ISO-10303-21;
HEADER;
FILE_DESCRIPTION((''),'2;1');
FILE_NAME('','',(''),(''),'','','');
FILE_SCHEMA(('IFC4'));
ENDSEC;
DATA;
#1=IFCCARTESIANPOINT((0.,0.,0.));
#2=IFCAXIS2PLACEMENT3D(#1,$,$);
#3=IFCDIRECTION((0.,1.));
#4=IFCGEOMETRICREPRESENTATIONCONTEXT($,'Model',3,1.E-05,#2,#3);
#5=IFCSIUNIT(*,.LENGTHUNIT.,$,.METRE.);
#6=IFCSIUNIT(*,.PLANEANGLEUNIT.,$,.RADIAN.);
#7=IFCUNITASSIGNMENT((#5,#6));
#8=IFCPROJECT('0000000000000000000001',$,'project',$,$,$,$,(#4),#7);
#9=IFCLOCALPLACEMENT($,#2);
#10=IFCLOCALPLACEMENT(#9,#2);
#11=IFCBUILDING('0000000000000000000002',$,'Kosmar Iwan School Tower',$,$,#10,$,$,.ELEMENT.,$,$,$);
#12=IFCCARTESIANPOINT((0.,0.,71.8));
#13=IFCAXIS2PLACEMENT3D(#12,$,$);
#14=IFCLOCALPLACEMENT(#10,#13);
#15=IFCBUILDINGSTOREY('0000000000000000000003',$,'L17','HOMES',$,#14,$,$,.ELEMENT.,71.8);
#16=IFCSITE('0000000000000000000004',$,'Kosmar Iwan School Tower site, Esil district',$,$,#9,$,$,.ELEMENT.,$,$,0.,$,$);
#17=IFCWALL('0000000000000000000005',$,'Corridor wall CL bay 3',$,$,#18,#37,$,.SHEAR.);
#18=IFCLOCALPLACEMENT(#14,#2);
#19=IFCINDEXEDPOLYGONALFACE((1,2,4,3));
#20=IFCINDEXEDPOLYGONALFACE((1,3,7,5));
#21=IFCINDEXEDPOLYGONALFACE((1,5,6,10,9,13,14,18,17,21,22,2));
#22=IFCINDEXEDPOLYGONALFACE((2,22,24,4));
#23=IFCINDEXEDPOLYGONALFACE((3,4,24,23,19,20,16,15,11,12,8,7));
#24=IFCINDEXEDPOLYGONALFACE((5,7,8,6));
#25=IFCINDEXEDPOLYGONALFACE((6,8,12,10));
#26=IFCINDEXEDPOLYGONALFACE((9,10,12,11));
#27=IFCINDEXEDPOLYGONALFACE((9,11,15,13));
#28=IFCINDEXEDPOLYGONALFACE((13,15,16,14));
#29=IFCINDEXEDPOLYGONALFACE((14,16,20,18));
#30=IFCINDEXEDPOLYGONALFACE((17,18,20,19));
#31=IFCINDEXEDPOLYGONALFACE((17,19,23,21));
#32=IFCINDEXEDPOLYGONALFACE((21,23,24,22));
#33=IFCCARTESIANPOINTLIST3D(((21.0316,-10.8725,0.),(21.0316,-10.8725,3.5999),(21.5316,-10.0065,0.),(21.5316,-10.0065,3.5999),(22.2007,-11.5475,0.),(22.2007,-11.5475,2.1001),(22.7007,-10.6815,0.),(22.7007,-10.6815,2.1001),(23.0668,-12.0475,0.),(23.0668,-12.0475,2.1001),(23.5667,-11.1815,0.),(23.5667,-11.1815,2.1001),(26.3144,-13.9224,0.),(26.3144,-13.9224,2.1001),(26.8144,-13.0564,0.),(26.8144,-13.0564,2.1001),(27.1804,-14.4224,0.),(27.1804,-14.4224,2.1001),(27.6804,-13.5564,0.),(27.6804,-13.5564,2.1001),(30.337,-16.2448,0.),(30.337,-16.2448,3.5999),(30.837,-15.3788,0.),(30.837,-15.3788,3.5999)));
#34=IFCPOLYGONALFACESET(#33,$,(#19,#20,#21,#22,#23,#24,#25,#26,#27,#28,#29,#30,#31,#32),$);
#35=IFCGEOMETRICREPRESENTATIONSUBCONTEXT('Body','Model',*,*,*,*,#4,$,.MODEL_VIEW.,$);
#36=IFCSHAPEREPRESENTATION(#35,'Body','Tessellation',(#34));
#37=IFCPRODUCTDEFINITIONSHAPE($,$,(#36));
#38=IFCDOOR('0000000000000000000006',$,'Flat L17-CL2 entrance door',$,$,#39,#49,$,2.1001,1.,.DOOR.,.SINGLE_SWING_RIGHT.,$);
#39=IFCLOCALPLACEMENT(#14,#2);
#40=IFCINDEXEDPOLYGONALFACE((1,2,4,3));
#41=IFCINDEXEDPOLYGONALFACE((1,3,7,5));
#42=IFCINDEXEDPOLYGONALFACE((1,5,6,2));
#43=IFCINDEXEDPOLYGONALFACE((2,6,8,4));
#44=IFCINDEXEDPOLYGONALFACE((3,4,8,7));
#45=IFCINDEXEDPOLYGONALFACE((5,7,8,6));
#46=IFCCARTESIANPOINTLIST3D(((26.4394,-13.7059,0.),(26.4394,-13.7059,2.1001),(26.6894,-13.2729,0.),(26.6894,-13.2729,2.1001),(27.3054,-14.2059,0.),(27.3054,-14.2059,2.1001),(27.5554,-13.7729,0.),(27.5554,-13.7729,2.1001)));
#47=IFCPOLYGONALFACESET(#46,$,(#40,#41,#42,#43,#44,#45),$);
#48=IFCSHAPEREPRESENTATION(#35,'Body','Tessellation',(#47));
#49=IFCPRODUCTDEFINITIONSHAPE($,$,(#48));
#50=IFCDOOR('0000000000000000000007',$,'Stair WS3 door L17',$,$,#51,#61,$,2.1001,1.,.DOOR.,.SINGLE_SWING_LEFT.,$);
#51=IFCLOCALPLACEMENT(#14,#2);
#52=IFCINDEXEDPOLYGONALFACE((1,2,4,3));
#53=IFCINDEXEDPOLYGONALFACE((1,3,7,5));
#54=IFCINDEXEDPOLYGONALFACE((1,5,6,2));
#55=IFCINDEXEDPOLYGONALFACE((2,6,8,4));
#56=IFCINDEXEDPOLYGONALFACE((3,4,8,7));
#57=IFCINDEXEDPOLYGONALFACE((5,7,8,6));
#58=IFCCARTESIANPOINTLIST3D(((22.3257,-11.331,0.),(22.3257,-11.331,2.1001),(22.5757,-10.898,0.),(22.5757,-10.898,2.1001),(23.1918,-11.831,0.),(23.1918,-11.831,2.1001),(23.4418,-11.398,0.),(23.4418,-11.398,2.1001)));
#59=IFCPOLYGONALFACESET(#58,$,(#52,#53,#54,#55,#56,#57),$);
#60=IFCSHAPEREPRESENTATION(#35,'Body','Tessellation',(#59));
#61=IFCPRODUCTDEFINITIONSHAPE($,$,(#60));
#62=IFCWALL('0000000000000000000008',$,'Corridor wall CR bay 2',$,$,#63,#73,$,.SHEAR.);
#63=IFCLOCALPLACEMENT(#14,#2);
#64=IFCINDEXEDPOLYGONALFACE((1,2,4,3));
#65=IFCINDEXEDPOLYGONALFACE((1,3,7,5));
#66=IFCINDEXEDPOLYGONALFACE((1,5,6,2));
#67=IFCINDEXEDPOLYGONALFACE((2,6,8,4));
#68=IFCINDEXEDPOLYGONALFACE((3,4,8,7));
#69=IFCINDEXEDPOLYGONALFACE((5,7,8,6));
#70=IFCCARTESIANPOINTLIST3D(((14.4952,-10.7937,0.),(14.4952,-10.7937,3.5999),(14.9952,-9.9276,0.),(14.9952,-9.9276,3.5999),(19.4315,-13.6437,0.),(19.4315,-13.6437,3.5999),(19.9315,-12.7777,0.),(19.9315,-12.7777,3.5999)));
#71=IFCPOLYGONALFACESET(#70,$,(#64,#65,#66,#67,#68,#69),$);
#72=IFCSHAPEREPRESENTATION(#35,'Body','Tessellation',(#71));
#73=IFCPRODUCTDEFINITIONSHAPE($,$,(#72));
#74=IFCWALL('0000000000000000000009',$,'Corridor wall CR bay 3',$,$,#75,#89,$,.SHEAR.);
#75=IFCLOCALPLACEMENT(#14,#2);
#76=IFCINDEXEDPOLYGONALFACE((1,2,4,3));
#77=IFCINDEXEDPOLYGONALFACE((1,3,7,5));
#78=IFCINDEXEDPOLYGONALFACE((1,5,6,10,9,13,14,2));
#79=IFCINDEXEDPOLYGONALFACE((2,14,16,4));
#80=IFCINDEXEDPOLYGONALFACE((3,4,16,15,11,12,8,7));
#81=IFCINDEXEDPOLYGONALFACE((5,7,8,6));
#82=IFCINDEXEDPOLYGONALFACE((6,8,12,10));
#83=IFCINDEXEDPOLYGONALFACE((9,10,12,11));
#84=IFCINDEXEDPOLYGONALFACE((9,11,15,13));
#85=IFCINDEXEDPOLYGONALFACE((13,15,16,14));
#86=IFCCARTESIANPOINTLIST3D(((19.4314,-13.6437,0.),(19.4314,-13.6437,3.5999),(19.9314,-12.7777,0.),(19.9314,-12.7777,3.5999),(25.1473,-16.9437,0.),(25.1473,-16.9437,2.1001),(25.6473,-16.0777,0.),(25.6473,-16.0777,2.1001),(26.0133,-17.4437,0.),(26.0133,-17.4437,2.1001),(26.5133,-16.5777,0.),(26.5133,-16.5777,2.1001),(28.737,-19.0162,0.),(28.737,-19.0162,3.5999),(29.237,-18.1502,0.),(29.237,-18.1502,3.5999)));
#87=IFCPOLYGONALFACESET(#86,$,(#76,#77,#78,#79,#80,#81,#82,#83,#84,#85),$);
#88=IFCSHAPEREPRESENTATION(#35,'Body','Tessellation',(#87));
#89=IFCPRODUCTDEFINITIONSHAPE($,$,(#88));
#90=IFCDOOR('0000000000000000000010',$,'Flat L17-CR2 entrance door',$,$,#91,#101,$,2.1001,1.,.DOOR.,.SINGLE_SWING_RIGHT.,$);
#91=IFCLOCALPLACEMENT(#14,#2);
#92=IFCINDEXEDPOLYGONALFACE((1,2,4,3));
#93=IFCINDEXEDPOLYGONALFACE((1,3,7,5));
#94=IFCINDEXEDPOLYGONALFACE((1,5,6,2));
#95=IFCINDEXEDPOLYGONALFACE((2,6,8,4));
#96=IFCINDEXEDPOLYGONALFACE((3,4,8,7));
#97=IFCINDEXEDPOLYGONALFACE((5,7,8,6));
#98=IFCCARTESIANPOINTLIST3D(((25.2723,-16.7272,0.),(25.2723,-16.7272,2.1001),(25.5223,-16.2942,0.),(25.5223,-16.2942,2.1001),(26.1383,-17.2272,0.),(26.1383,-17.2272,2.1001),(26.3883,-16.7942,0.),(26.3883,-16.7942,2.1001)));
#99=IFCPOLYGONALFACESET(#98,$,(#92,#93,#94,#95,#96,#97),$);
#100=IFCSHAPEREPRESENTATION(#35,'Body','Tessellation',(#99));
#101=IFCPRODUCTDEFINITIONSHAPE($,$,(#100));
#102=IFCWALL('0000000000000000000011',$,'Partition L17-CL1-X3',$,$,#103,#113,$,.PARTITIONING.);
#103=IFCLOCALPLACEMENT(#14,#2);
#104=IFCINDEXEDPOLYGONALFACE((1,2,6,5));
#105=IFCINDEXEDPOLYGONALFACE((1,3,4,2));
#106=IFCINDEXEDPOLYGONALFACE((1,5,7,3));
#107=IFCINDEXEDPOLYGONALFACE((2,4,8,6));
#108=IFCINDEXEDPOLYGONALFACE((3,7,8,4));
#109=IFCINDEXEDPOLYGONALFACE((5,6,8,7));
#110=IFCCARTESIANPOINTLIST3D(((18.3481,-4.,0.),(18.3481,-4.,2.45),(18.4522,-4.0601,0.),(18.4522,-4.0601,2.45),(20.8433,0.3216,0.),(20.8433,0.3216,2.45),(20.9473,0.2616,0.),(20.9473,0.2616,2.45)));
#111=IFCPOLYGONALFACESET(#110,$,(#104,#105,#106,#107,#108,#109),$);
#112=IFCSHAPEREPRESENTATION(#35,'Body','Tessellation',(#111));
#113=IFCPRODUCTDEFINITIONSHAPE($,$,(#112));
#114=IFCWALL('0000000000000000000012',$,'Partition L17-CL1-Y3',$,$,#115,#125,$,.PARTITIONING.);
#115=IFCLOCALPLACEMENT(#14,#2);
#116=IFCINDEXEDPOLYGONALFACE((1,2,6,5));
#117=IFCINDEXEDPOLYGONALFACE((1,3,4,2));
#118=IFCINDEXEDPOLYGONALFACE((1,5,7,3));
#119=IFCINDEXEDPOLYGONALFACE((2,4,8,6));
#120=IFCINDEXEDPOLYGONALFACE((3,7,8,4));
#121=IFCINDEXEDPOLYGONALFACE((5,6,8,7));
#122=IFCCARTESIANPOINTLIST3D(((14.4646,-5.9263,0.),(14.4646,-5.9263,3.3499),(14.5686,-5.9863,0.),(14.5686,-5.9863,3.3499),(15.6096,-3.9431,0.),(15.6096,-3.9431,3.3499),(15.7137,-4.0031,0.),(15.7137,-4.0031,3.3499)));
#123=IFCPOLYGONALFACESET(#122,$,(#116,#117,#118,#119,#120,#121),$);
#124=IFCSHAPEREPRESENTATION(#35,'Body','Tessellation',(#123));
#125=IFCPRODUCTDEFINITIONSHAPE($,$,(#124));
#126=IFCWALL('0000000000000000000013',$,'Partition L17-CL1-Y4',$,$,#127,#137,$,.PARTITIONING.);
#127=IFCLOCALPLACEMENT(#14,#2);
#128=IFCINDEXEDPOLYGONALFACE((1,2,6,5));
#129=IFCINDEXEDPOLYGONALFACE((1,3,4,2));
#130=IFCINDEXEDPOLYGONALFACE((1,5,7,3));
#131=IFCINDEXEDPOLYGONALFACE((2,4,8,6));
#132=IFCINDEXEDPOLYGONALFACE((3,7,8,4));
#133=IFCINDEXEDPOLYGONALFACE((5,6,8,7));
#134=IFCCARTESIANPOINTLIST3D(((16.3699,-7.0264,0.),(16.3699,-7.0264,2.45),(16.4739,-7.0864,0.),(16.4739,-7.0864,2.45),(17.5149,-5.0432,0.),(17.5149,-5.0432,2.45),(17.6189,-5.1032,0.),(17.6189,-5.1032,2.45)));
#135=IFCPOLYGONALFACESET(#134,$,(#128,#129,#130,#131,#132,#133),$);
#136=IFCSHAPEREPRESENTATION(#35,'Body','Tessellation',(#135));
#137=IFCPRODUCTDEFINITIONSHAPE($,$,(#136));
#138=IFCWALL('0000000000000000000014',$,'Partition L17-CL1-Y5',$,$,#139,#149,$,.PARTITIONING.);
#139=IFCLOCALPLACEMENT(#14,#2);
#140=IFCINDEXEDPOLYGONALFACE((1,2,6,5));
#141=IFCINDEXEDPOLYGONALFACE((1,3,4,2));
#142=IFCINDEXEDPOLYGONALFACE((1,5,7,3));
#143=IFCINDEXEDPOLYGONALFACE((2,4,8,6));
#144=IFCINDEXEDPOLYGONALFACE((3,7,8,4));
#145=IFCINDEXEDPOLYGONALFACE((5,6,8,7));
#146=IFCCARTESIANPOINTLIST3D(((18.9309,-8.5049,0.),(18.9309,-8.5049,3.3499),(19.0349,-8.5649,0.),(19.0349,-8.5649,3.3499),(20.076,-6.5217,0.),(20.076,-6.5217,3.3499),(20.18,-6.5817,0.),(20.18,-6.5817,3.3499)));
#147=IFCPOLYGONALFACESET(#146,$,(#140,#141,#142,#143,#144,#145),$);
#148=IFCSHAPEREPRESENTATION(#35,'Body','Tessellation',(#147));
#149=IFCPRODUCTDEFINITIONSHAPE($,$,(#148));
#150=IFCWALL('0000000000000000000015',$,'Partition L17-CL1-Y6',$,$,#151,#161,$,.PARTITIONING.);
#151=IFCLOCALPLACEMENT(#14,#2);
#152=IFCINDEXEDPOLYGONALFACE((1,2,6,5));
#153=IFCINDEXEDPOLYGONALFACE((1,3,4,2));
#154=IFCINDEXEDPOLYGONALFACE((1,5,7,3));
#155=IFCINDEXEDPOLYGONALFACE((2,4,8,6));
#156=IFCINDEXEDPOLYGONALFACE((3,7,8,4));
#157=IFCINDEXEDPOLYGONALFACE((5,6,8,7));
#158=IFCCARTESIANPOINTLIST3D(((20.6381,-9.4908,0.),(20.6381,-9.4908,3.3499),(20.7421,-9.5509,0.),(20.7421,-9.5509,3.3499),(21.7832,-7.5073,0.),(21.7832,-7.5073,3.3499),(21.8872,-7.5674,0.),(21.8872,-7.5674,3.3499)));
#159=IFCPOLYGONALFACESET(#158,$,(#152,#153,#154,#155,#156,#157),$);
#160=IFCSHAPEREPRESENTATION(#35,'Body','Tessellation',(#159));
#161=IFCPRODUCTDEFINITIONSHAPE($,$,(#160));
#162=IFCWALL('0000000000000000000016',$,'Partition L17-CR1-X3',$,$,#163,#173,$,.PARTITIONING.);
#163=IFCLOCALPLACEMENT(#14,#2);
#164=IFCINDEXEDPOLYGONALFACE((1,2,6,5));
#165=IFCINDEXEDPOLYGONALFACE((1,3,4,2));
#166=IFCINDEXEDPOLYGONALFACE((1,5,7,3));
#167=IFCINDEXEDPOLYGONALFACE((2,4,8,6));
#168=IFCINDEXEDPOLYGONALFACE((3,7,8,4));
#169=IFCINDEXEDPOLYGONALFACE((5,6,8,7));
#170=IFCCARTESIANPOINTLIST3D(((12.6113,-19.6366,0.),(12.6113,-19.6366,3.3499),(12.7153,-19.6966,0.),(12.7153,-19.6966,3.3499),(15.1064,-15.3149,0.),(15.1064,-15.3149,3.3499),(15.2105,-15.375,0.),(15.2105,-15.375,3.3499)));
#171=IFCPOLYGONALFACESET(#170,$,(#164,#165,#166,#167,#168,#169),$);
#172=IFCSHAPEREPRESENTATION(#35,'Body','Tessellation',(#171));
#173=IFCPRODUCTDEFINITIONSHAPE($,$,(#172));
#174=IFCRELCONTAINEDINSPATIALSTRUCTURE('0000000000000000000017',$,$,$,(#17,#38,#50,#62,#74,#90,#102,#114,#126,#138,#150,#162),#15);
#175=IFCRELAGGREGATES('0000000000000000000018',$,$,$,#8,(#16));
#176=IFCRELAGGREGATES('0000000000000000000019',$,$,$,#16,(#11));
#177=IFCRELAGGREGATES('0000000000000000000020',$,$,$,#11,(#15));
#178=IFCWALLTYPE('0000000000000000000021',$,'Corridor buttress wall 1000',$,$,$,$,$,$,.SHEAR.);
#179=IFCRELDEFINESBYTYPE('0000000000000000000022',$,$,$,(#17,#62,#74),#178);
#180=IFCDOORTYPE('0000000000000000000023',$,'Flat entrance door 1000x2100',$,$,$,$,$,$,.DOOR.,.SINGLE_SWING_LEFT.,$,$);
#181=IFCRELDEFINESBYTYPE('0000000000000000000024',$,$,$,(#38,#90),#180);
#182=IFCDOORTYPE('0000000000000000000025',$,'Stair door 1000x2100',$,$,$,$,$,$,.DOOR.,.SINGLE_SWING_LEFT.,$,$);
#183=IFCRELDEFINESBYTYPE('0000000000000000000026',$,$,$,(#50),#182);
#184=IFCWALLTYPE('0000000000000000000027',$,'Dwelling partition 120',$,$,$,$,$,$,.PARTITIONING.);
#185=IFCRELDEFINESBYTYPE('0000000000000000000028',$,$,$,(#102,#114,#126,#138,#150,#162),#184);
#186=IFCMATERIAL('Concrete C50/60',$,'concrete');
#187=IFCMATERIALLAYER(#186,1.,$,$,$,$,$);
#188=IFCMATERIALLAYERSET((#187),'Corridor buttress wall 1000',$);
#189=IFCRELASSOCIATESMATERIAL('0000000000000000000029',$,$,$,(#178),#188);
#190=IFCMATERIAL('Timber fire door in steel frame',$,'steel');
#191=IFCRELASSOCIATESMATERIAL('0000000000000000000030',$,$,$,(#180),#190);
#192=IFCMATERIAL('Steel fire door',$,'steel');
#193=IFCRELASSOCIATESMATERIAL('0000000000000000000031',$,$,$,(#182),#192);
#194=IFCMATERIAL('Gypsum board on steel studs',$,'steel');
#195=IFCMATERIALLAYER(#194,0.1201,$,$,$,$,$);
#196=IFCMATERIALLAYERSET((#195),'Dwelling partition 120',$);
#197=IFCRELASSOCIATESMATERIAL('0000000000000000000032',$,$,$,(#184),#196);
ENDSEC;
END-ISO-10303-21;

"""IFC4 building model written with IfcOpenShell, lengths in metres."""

from ifc_helpers import new_model, si_unit, direction, frame, frame_2d, origin, place, context, subcontext, project, spatial, rectangle, extrude, material, layer, layer_set, type_object, element, fill, save


model = new_model("IFC4")

# Units and contexts
model_context = context("Model", 3, precision=1e-05, world=origin(), true_north=direction((0.0, 1.0)))
body_context = subcontext(model_context, "Body", "Model", "MODEL_VIEW")
ifc_project = project(units=[si_unit("LENGTHUNIT", "METRE"), si_unit("PLANEANGLEUNIT", "RADIAN")], contexts=[model_context])

# Site, building, storey
site_placement = place(None, origin())
site = spatial("IfcSite", under=ifc_project, at=site_placement, Name="Kosmar Iwan School Tower site, Esil district", CompositionType="ELEMENT", RefElevation=0.0)
building_placement = place(site_placement, origin())
building = spatial("IfcBuilding", under=site, at=building_placement, Name="Kosmar Iwan School Tower", CompositionType="ELEMENT")
storey_placement = place(building_placement, frame((0.0, 0.0, 71.8)))
storey = spatial("IfcBuildingStorey", under=building, at=storey_placement, Name="L17", Description="HOMES", CompositionType="ELEMENT", Elevation=71.8)

# Shared definitions
ifc_material_1 = material(Name="Concrete C50/60", Category="concrete")
ifc_layer_1 = layer(ifc_material_1, 1.0)
ifc_layer_set_1 = layer_set([ifc_layer_1], Name="Corridor buttress wall 1000")
wall_type_1 = type_object("IfcWallType", Name="Corridor buttress wall 1000", PredefinedType="SHEAR", material=ifc_layer_set_1)

# Wall, openings, doors
wall_1_placement = place(storey_placement, frame((21.2815, -10.4395, 0.0), z_axis=(0.0, 0.0, 1.0), x_axis=(0.866032, -0.499988, 0.0)))
wall_1 = element("IfcWall", 1, at=wall_1_placement, inside=storey, type_object=wall_type_1, Name="Corridor wall CL bay 3", PredefinedType="SHEAR", context=body_context, shape_type="SweptSolid", body=[
    extrude(rectangle(XDim=10.7449, YDim=1.0, at=frame_2d((5.3726, 0.0))), origin(), (0.0, 0.0, 1.0), 3.5999),
])
opening_1_placement = place(wall_1_placement, frame((6.1001, 0.0, 0.0)))
opening_1 = element("IfcOpeningElement", 2, at=opening_1_placement, cuts=wall_1, PredefinedType="OPENING", context=body_context, shape_type="SweptSolid", body=[
    extrude(rectangle(XDim=1.0, YDim=2.1001, at=frame_2d((0.5, 1.05))), frame((0.0, 0.512, 0.0), z_axis=(0.0, -1.0, 0.0), x_axis=(1.0, 0.0, 0.0)), (0.0, 0.0, 1.0), 1.0239),
])
opening_2_placement = place(wall_1_placement, frame((1.3501, 0.0, 0.0)))
opening_2 = element("IfcOpeningElement", 3, at=opening_2_placement, cuts=wall_1, PredefinedType="OPENING", context=body_context, shape_type="SweptSolid", body=[
    extrude(rectangle(XDim=1.0, YDim=2.1001, at=frame_2d((0.5, 1.05))), frame((0.0, 0.512, 0.0), z_axis=(0.0, -1.0, 0.0), x_axis=(1.0, 0.0, 0.0)), (0.0, 0.0, 1.0), 1.0239),
])
ifc_material_2 = material(Name="Timber fire door in steel frame", Category="steel")
door_type_1 = type_object("IfcDoorType", Name="Flat entrance door 1000x2100", OperationType="SINGLE_SWING_LEFT", PredefinedType="DOOR", material=ifc_material_2)
door_1_placement = place(opening_1_placement, origin())
door_1 = element("IfcDoor", 4, at=door_1_placement, inside=storey, type_object=door_type_1, Name="Flat L17-CL2 entrance door", OperationType="SINGLE_SWING_RIGHT", OverallHeight=2.1001, OverallWidth=1.0, PredefinedType="DOOR", context=body_context, shape_type="SweptSolid", body=[
    extrude(rectangle(XDim=1.0, YDim=2.1001, at=frame_2d((0.5, 1.05))), frame((0.0, 0.25, 0.0), z_axis=(0.0, -1.0, 0.0), x_axis=(1.0, 0.0, 0.0)), (0.0, 0.0, 1.0), 0.5),
])
fill(opening_1, door_1)
ifc_material_3 = material(Name="Steel fire door", Category="steel")
door_type_2 = type_object("IfcDoorType", Name="Stair door 1000x2100", OperationType="SINGLE_SWING_LEFT", PredefinedType="DOOR", material=ifc_material_3)
door_2_placement = place(opening_2_placement, origin())
door_2 = element("IfcDoor", 5, at=door_2_placement, inside=storey, type_object=door_type_2, Name="Stair WS3 door L17", OperationType="SINGLE_SWING_LEFT", OverallHeight=2.1001, OverallWidth=1.0, PredefinedType="DOOR", context=body_context, shape_type="SweptSolid", body=[
    extrude(rectangle(XDim=1.0, YDim=2.1001, at=frame_2d((0.5, 1.05))), frame((0.0, 0.25, 0.0), z_axis=(0.0, -1.0, 0.0), x_axis=(1.0, 0.0, 0.0)), (0.0, 0.0, 1.0), 0.5),
])
fill(opening_2, door_2)

# Wall
wall_2_placement = place(storey_placement, frame((14.7451, -10.3606, 0.0), z_axis=(0.0, 0.0, 1.0), x_axis=(0.866015, -0.500018, 0.0)))
element("IfcWall", 6, at=wall_2_placement, inside=storey, type_object=wall_type_1, Name="Corridor wall CR bay 2", PredefinedType="SHEAR", context=body_context, shape_type="SweptSolid", body=[
    extrude(rectangle(XDim=5.7, YDim=1.0, at=frame_2d((2.8501, 0.0))), origin(), (0.0, 0.0, 1.0), 3.5999),
])

# Wall, opening, door
wall_3_placement = place(storey_placement, frame((19.6814, -13.2107, 0.0), z_axis=(0.0, 0.0, 1.0), x_axis=(0.866028, -0.499995, 0.0)))
wall_3 = element("IfcWall", 7, at=wall_3_placement, inside=storey, type_object=wall_type_1, Name="Corridor wall CR bay 3", PredefinedType="SHEAR", context=body_context, shape_type="SweptSolid", body=[
    extrude(rectangle(XDim=10.7451, YDim=1.0, at=frame_2d((5.3726, 0.0))), origin(), (0.0, 0.0, 1.0), 3.5999),
])
opening_3_placement = place(wall_3_placement, frame((6.6001, 0.0, 0.0)))
opening_3 = element("IfcOpeningElement", 8, at=opening_3_placement, cuts=wall_3, PredefinedType="OPENING", context=body_context, shape_type="SweptSolid", body=[
    extrude(rectangle(XDim=1.0, YDim=2.1001, at=frame_2d((0.5, 1.05))), frame((0.0, 0.512, 0.0), z_axis=(0.0, -1.0, 0.0), x_axis=(1.0, 0.0, 0.0)), (0.0, 0.0, 1.0), 1.0239),
])
door_3_placement = place(opening_3_placement, origin())
door_3 = element("IfcDoor", 9, at=door_3_placement, inside=storey, type_object=door_type_1, Name="Flat L17-CR2 entrance door", OperationType="SINGLE_SWING_RIGHT", OverallHeight=2.1001, OverallWidth=1.0, PredefinedType="DOOR", context=body_context, shape_type="SweptSolid", body=[
    extrude(rectangle(XDim=1.0, YDim=2.1001, at=frame_2d((0.5, 1.05))), frame((0.0, 0.25, 0.0), z_axis=(0.0, -1.0, 0.0), x_axis=(1.0, 0.0, 0.0)), (0.0, 0.0, 1.0), 0.5),
])
fill(opening_3, door_3)

# Walls
ifc_material_4 = material(Name="Gypsum board on steel studs", Category="steel")
ifc_layer_2 = layer(ifc_material_4, 0.1201)
ifc_layer_set_2 = layer_set([ifc_layer_2], Name="Dwelling partition 120")
wall_type_2 = type_object("IfcWallType", Name="Dwelling partition 120", PredefinedType="PARTITIONING", material=ifc_layer_set_2)
wall_4_placement = place(storey_placement, frame((18.4001, -4.03, 0.0), z_axis=(0.0, 0.0, 1.0), x_axis=(0.500012, 0.866019, 0.0)))
element("IfcWall", 10, at=wall_4_placement, inside=storey, type_object=wall_type_2, Name="Partition L17-CL1-X3", PredefinedType="PARTITIONING", context=body_context, shape_type="SweptSolid", body=[
    extrude(rectangle(XDim=4.9902, YDim=0.1201, at=frame_2d((2.4951, 0.0))), origin(), (0.0, 0.0, 1.0), 2.45),
])
wall_5_placement = place(storey_placement, frame((14.5166, -5.9563, 0.0), z_axis=(0.0, 0.0, 1.0), x_axis=(0.500015, 0.866017, 0.0)))
element("IfcWall", 11, at=wall_5_placement, inside=storey, type_object=wall_type_2, Name="Partition L17-CL1-Y3", PredefinedType="PARTITIONING", context=body_context, shape_type="SweptSolid", body=[
    extrude(rectangle(XDim=2.29, YDim=0.1201, at=frame_2d((1.145, 0.0))), origin(), (0.0, 0.0, 1.0), 3.3499),
])
wall_6_placement = place(storey_placement, frame((16.4219, -7.0564, 0.0), z_axis=(0.0, 0.0, 1.0), x_axis=(0.500015, 0.866017, 0.0)))
element("IfcWall", 12, at=wall_6_placement, inside=storey, type_object=wall_type_2, Name="Partition L17-CL1-Y4", PredefinedType="PARTITIONING", context=body_context, shape_type="SweptSolid", body=[
    extrude(rectangle(XDim=2.29, YDim=0.1201, at=frame_2d((1.145, 0.0))), origin(), (0.0, 0.0, 1.0), 2.45),
])
wall_7_placement = place(storey_placement, frame((18.9829, -8.5349, 0.0), z_axis=(0.0, 0.0, 1.0), x_axis=(0.500015, 0.866017, 0.0)))
element("IfcWall", 13, at=wall_7_placement, inside=storey, type_object=wall_type_2, Name="Partition L17-CL1-Y5", PredefinedType="PARTITIONING", context=body_context, shape_type="SweptSolid", body=[
    extrude(rectangle(XDim=2.29, YDim=0.1201, at=frame_2d((1.145, 0.0))), origin(), (0.0, 0.0, 1.0), 3.3499),
])
wall_8_placement = place(storey_placement, frame((20.6902, -9.5208, 0.0), z_axis=(0.0, 0.0, 1.0), x_axis=(0.499969, 0.866044, 0.0)))
element("IfcWall", 14, at=wall_8_placement, inside=storey, type_object=wall_type_2, Name="Partition L17-CL1-Y6", PredefinedType="PARTITIONING", context=body_context, shape_type="SweptSolid", body=[
    extrude(rectangle(XDim=2.2903, YDim=0.1201, at=frame_2d((1.145, 0.0))), origin(), (0.0, 0.0, 1.0), 3.3499),
])
wall_9_placement = place(storey_placement, frame((15.1584, -15.345, 0.0), z_axis=(0.0, 0.0, 1.0), x_axis=(-0.500012, -0.866019, 0.0)))
element("IfcWall", 15, at=wall_9_placement, inside=storey, type_object=wall_type_2, Name="Partition L17-CR1-X3", PredefinedType="PARTITIONING", context=body_context, shape_type="SweptSolid", body=[
    extrude(rectangle(XDim=4.9902, YDim=0.1201, at=frame_2d((2.4951, 0.0))), origin(), (0.0, 0.0, 1.0), 3.3499),
])

save(model, "model.ifc")
